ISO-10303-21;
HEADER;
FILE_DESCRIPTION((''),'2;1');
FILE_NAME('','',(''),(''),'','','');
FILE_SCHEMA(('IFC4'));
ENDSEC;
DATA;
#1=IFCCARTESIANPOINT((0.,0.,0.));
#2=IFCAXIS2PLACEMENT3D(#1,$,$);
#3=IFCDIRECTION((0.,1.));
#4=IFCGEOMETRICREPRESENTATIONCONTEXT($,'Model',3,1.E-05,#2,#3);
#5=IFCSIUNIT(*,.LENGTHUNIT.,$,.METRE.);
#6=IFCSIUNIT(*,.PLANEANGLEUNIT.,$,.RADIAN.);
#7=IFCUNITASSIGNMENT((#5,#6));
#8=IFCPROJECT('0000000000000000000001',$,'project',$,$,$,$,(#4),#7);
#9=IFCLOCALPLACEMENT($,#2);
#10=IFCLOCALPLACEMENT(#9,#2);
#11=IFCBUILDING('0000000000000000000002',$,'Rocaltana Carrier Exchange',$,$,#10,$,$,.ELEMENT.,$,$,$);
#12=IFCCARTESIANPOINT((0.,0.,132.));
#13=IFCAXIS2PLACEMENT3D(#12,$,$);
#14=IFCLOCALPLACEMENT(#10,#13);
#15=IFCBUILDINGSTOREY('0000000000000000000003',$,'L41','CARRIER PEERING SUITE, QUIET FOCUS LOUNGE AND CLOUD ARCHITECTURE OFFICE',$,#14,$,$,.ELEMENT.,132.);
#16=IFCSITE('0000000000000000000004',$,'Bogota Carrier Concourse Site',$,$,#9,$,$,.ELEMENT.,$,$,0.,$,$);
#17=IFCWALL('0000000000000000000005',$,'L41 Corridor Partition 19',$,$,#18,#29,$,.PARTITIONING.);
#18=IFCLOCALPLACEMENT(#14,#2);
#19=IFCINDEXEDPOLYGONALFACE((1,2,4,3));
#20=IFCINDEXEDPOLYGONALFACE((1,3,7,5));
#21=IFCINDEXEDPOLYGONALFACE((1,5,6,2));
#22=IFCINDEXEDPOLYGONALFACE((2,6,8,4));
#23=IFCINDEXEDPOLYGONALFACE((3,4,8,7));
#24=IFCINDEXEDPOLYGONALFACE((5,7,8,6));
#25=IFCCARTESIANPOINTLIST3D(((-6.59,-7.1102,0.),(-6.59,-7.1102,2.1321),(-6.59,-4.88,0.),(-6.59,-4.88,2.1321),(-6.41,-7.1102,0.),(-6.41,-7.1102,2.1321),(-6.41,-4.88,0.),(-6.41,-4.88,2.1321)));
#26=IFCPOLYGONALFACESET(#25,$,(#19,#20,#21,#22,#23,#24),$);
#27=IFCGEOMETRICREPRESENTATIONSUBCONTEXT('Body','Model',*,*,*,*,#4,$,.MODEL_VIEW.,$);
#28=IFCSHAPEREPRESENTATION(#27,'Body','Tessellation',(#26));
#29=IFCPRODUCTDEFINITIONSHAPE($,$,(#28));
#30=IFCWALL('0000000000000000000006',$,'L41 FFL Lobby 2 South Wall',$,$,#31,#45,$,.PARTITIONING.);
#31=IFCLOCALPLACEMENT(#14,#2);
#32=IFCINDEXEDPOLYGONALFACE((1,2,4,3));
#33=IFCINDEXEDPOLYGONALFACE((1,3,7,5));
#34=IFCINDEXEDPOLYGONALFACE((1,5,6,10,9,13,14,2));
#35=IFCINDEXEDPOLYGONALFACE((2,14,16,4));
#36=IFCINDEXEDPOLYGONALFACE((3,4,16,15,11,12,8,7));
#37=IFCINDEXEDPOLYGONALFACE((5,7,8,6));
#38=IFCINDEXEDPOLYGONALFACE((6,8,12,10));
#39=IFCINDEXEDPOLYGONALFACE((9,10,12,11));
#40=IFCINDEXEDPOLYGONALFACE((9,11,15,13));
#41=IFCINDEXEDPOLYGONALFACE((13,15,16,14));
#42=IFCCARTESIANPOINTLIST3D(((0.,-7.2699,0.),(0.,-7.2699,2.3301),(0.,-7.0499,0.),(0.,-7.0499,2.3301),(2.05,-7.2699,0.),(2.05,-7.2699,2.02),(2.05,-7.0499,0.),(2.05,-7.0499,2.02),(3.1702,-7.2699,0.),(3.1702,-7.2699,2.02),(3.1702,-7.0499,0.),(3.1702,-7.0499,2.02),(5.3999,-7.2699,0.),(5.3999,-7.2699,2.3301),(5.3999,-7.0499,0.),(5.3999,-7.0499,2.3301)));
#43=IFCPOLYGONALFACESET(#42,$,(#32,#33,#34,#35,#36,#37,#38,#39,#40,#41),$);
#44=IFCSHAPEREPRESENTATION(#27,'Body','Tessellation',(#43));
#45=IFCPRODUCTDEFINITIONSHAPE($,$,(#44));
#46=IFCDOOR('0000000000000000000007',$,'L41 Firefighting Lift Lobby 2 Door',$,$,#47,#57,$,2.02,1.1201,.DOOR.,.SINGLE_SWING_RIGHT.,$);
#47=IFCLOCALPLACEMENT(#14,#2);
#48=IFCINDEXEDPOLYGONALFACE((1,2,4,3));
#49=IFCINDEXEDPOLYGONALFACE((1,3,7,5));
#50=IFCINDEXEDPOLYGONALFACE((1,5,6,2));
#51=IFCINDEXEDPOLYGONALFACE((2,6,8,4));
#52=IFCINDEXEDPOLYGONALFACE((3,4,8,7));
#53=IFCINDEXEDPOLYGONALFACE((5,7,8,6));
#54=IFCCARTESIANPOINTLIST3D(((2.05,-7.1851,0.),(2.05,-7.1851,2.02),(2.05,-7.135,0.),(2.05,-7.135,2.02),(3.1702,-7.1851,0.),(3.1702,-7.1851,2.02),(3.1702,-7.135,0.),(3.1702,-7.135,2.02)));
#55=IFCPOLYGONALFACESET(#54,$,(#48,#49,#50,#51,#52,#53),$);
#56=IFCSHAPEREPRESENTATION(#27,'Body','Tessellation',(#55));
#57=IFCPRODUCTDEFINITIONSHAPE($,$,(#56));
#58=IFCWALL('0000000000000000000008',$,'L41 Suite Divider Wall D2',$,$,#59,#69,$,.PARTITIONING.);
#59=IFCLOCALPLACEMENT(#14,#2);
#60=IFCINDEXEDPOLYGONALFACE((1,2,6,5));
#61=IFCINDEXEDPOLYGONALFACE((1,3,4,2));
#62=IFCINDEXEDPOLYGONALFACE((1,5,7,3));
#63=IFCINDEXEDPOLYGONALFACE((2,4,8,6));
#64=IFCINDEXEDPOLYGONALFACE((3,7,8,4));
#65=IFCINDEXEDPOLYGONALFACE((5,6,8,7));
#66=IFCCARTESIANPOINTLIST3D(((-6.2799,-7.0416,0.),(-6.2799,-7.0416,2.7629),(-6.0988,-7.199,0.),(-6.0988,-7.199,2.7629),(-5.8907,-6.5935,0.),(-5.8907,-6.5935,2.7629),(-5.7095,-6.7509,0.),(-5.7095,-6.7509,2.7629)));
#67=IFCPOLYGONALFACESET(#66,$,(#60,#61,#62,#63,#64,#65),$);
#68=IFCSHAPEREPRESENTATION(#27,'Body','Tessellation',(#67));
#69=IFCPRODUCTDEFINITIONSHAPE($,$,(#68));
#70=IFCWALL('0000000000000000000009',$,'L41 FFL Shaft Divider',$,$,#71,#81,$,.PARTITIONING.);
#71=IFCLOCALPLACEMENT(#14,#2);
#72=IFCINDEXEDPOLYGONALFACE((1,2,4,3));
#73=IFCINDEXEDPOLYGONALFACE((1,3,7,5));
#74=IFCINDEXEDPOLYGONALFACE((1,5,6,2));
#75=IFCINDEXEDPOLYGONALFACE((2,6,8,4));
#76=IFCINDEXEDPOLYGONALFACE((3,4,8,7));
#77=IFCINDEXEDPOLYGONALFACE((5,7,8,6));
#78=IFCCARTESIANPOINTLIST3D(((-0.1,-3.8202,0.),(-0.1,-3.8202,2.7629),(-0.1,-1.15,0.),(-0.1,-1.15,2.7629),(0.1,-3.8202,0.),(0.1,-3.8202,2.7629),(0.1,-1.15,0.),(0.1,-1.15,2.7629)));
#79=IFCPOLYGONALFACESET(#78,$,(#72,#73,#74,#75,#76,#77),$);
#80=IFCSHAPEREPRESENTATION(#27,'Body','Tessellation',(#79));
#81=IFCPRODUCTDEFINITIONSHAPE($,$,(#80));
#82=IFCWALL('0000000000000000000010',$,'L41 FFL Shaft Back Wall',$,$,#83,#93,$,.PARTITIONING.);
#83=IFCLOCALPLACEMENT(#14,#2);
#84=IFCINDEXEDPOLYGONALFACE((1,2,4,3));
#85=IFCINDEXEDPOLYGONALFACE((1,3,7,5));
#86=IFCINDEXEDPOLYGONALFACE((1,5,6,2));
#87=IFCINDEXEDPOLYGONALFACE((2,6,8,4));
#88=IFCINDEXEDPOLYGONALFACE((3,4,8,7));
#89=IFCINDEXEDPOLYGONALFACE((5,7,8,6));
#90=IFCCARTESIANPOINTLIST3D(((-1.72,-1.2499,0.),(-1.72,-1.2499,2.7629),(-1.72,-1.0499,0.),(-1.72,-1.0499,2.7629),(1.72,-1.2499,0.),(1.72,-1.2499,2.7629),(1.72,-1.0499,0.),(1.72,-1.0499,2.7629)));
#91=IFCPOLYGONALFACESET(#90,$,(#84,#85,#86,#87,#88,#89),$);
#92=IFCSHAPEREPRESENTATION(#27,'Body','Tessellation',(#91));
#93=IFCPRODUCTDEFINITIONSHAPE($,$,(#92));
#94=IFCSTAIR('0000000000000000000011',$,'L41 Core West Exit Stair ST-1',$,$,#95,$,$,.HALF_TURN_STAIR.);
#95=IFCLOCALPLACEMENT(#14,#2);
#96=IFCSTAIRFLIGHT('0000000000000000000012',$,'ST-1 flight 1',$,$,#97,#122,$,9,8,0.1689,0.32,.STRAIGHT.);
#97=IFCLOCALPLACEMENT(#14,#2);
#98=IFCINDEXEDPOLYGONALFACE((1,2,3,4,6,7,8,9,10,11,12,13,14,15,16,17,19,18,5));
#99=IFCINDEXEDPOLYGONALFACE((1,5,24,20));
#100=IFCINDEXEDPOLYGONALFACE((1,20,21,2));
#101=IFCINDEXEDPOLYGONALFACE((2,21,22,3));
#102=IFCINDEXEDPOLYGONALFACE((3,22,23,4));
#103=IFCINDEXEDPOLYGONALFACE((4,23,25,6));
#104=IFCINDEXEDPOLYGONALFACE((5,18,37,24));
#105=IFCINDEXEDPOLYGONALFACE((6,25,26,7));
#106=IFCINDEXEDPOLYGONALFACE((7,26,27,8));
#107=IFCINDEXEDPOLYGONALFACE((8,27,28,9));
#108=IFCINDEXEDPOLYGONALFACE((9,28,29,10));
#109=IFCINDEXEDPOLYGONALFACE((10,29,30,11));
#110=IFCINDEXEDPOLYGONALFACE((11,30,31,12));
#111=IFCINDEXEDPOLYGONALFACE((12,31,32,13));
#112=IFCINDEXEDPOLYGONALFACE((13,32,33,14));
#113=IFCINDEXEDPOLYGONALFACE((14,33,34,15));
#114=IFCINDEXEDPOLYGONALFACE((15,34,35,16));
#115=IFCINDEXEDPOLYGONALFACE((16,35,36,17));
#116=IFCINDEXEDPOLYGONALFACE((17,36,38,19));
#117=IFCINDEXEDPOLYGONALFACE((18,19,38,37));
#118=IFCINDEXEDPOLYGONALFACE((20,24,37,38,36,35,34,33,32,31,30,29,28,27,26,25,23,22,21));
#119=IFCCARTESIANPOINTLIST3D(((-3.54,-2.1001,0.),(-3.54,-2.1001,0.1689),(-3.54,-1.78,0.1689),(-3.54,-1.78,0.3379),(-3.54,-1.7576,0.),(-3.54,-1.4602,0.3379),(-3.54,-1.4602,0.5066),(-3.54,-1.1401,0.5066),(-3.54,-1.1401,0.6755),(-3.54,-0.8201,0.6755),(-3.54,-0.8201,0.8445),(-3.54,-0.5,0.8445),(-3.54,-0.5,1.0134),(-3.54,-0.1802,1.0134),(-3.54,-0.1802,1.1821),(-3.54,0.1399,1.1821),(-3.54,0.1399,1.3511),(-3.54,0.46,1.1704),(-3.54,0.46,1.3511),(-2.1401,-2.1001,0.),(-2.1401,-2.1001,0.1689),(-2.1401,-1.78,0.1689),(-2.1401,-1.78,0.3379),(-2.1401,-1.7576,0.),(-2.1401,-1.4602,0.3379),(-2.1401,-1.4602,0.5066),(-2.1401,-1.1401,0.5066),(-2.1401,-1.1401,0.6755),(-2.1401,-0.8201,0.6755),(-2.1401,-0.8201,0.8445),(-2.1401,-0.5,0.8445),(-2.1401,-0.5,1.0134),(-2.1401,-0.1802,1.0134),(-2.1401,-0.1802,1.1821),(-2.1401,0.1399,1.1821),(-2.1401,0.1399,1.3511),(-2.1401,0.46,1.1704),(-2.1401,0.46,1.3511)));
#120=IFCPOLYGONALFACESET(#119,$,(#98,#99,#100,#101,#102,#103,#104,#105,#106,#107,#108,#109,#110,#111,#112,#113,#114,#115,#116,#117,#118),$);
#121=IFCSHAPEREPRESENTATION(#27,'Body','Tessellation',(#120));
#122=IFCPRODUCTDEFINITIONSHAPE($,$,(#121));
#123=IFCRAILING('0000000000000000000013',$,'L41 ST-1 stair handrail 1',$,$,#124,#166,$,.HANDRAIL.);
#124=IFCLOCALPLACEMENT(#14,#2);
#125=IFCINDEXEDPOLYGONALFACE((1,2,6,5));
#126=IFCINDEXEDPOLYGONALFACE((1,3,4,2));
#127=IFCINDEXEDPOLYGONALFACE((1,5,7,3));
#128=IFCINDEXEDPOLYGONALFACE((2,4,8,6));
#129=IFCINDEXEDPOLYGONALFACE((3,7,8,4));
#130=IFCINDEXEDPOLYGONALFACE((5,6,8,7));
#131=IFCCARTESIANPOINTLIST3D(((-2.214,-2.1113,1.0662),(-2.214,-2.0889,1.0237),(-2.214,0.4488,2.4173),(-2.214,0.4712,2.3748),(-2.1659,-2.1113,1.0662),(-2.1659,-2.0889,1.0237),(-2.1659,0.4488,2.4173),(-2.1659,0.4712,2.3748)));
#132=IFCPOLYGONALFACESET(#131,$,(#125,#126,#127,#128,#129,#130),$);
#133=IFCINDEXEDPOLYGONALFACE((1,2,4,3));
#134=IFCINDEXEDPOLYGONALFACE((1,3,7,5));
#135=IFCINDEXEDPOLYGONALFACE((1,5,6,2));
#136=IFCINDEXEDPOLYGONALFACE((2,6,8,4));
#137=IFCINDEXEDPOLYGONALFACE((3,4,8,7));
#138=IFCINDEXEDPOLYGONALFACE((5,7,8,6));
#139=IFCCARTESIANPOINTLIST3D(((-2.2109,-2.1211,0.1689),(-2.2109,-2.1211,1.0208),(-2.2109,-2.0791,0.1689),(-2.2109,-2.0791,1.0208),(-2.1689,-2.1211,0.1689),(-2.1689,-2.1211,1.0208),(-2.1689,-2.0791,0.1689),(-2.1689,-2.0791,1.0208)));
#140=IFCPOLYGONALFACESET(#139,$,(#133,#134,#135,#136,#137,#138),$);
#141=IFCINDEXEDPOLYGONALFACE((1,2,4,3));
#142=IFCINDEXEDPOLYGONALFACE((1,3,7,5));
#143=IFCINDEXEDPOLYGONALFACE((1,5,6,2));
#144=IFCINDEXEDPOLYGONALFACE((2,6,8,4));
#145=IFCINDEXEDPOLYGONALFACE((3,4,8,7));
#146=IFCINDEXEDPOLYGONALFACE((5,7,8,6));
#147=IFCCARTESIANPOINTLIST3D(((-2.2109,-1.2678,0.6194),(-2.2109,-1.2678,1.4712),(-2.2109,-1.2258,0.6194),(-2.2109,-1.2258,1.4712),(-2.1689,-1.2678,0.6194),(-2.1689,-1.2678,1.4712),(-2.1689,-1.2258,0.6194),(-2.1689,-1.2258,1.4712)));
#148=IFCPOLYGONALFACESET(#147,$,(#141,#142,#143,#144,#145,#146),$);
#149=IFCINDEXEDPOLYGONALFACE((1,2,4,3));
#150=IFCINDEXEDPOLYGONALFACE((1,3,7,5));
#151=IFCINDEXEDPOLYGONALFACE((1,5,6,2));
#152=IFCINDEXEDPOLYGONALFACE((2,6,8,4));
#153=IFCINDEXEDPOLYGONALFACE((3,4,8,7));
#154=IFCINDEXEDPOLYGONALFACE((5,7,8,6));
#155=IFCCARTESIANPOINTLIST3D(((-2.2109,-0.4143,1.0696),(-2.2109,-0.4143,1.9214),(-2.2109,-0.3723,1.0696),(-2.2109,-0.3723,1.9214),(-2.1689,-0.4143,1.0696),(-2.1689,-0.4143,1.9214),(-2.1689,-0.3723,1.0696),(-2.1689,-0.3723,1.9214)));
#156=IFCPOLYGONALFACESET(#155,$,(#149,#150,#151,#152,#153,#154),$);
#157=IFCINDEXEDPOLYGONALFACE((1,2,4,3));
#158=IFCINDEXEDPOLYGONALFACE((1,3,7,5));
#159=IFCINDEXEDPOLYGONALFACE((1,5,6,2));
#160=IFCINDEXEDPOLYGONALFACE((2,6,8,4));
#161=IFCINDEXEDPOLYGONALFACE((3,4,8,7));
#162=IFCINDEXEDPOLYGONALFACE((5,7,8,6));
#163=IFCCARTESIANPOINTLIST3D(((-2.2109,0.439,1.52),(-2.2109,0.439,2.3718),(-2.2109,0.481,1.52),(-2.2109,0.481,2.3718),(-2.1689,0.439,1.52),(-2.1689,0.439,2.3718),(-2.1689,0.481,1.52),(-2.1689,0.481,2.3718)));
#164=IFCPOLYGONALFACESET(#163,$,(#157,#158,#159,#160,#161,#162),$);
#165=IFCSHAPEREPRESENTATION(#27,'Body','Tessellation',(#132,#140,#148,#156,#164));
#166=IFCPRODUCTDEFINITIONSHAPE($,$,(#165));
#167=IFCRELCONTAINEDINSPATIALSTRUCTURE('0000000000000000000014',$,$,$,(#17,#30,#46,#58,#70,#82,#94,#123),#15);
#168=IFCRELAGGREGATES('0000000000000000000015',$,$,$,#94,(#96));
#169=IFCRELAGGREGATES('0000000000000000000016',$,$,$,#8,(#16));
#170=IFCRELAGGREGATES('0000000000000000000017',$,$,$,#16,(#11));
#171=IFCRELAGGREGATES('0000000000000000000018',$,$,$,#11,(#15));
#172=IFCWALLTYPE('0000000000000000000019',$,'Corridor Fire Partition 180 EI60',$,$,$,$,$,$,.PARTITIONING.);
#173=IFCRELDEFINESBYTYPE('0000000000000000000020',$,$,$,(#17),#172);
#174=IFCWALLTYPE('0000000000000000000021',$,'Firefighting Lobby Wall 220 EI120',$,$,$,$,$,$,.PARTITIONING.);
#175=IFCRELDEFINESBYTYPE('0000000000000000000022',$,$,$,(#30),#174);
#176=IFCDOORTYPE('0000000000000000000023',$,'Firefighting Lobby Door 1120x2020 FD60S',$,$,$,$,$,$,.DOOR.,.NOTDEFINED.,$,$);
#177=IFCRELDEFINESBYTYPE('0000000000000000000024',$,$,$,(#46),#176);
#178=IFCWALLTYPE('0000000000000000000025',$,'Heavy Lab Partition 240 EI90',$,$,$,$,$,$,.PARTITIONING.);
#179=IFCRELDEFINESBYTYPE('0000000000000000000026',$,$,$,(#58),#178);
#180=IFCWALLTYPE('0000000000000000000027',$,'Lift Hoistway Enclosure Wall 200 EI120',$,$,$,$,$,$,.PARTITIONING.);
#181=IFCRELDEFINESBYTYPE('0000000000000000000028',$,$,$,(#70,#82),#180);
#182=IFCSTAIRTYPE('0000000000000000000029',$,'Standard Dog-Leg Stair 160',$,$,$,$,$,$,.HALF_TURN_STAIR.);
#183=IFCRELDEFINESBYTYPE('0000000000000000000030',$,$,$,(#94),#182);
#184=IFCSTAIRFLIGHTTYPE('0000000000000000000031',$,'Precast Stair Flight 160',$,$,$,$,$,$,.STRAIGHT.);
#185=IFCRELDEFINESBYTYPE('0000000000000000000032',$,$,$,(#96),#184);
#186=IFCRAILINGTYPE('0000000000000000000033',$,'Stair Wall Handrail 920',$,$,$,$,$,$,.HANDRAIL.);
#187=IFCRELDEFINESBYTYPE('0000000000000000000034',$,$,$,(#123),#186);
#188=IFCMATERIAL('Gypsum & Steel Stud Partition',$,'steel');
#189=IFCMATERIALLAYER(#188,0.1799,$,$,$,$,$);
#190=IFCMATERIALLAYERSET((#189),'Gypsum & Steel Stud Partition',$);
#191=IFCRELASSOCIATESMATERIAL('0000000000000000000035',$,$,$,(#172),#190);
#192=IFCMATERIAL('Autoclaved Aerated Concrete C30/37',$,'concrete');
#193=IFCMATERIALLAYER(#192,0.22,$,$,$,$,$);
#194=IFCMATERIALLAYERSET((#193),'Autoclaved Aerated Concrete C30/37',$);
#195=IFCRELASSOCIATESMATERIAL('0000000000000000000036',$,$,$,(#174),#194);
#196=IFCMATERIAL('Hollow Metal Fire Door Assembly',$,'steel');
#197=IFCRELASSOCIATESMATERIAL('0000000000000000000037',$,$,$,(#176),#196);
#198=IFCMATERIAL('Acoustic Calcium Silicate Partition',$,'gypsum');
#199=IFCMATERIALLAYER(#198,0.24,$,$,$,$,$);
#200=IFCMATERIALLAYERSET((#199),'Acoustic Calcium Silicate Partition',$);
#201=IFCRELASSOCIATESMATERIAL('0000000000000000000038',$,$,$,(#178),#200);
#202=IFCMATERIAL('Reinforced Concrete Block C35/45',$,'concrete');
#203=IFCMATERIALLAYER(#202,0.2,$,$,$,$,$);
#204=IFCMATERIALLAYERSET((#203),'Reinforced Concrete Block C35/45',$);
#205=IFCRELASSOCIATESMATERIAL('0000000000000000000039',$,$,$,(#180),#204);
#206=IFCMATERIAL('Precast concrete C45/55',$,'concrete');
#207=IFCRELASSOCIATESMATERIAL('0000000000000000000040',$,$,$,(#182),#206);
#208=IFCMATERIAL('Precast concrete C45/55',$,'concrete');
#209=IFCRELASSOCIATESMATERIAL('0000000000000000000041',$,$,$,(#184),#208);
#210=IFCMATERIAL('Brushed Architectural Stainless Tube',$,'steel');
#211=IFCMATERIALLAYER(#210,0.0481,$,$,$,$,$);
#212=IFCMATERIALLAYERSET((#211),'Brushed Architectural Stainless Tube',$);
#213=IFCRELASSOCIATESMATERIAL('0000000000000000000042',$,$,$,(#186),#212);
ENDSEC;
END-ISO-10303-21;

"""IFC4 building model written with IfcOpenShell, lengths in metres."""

from ifc_helpers import new_model, si_unit, direction, frame, frame_2d, origin, origin_2d, place, context, subcontext, project, spatial, polyline, rectangle, outline, extrude, material, layer, layer_set, type_object, element, fill, aggregate, save


model = new_model("IFC4")

# Units and contexts
model_context = context("Model", 3, precision=1e-05, world=origin(), true_north=direction((0.0, 1.0)))
body_context = subcontext(model_context, "Body", "Model", "MODEL_VIEW")
ifc_project = project(units=[si_unit("LENGTHUNIT", "METRE"), si_unit("PLANEANGLEUNIT", "RADIAN")], contexts=[model_context])

# Site, building, storey
site_placement = place(None, origin())
site = spatial("IfcSite", under=ifc_project, at=site_placement, Name="Bogota Carrier Concourse Site", CompositionType="ELEMENT", RefElevation=0.0)
building_placement = place(site_placement, origin())
building = spatial("IfcBuilding", under=site, at=building_placement, Name="Rocaltana Carrier Exchange", CompositionType="ELEMENT")
storey_placement = place(building_placement, frame((0.0, 0.0, 132.0)))
storey = spatial("IfcBuildingStorey", under=building, at=storey_placement, Name="L41", Description="CARRIER PEERING SUITE, QUIET FOCUS LOUNGE AND CLOUD ARCHITECTURE OFFICE", CompositionType="ELEMENT", Elevation=132.0)

# Wall
ifc_material_1 = material(Name="Gypsum & Steel Stud Partition", Category="steel")
ifc_layer_1 = layer(ifc_material_1, 0.1799)
ifc_layer_set_1 = layer_set([ifc_layer_1], Name="Gypsum & Steel Stud Partition")
wall_type_1 = type_object("IfcWallType", Name="Corridor Fire Partition 180 EI60", PredefinedType="PARTITIONING", material=ifc_layer_set_1)
wall_1_placement = place(storey_placement, frame((-6.5, -4.8799, 0.0), z_axis=(0.0, 0.0, 1.0), x_axis=(0.0, -1.0, 0.0)))
element("IfcWall", 1, at=wall_1_placement, inside=storey, type_object=wall_type_1, Name="L41 Corridor Partition 19", PredefinedType="PARTITIONING", context=body_context, shape_type="SweptSolid", body=[
    extrude(rectangle(XDim=2.2302, YDim=0.1799, at=frame_2d((1.1152, 0.0))), origin(), (0.0, 0.0, 1.0), 2.1321),
])

# Wall, opening, door
ifc_material_2 = material(Name="Autoclaved Aerated Concrete C30/37", Category="concrete")
ifc_layer_2 = layer(ifc_material_2, 0.22)
ifc_layer_set_2 = layer_set([ifc_layer_2], Name="Autoclaved Aerated Concrete C30/37")
wall_type_2 = type_object("IfcWallType", Name="Firefighting Lobby Wall 220 EI120", PredefinedType="PARTITIONING", material=ifc_layer_set_2)
wall_2_placement = place(storey_placement, frame((0.0, -7.1599, 0.0), z_axis=(0.0, 0.0, 1.0), x_axis=(1.0, 0.0, 0.0)))
wall_2 = element("IfcWall", 2, at=wall_2_placement, inside=storey, type_object=wall_type_2, Name="L41 FFL Lobby 2 South Wall", PredefinedType="PARTITIONING", context=body_context, shape_type="SweptSolid", body=[
    extrude(rectangle(XDim=5.3999, YDim=0.22, at=frame_2d((2.7, 0.0))), origin(), (0.0, 0.0, 1.0), 2.3301),
])
opening_1_placement = place(wall_2_placement, frame((2.05, 0.0, 0.0)))
opening_1 = element("IfcOpeningElement", 3, at=opening_1_placement, cuts=wall_2, PredefinedType="OPENING", context=body_context, shape_type="SweptSolid", body=[
    extrude(rectangle(XDim=1.1201, YDim=2.02, at=frame_2d((0.5601, 1.01))), frame((0.0, 0.1199, 0.0), z_axis=(0.0, -1.0, 0.0), x_axis=(1.0, 0.0, 0.0)), (0.0, 0.0, 1.0), 0.24),
])
ifc_material_3 = material(Name="Hollow Metal Fire Door Assembly", Category="steel")
door_type_1 = type_object("IfcDoorType", Name="Firefighting Lobby Door 1120x2020 FD60S", OperationType="NOTDEFINED", PredefinedType="DOOR", material=ifc_material_3)
door_1_placement = place(opening_1_placement, origin())
door_1 = element("IfcDoor", 4, at=door_1_placement, inside=storey, type_object=door_type_1, Name="L41 Firefighting Lift Lobby 2 Door", OperationType="SINGLE_SWING_RIGHT", OverallHeight=2.02, OverallWidth=1.1201, PredefinedType="DOOR", context=body_context, shape_type="SweptSolid", body=[
    extrude(rectangle(XDim=1.1201, YDim=2.02, at=frame_2d((0.5601, 1.01))), frame((0.0, 0.0249, 0.0), z_axis=(0.0, -1.0, 0.0), x_axis=(1.0, 0.0, 0.0)), (0.0, 0.0, 1.0), 0.05),
])
fill(opening_1, door_1)

# Walls
ifc_material_4 = material(Name="Acoustic Calcium Silicate Partition", Category="gypsum")
ifc_layer_3 = layer(ifc_material_4, 0.24)
ifc_layer_set_3 = layer_set([ifc_layer_3], Name="Acoustic Calcium Silicate Partition")
wall_type_3 = type_object("IfcWallType", Name="Heavy Lab Partition 240 EI90", PredefinedType="PARTITIONING", material=ifc_layer_set_3)
wall_3_placement = place(storey_placement, frame((-5.8, -6.6721, 0.0), z_axis=(0.0, 0.0, 1.0), x_axis=(-0.655792, -0.754942, 0.0)))
element("IfcWall", 5, at=wall_3_placement, inside=storey, type_object=wall_type_3, Name="L41 Suite Divider Wall D2", PredefinedType="PARTITIONING", context=body_context, shape_type="SweptSolid", body=[
    extrude(rectangle(XDim=0.5935, YDim=0.24, at=frame_2d((0.2969, 0.0))), origin(), (0.0, 0.0, 1.0), 2.7629),
])
ifc_material_5 = material(Name="Reinforced Concrete Block C35/45", Category="concrete")
ifc_layer_4 = layer(ifc_material_5, 0.2)
ifc_layer_set_4 = layer_set([ifc_layer_4], Name="Reinforced Concrete Block C35/45")
wall_type_4 = type_object("IfcWallType", Name="Lift Hoistway Enclosure Wall 200 EI120", PredefinedType="PARTITIONING", material=ifc_layer_set_4)
wall_4_placement = place(storey_placement, frame((0.0, -3.8201, 0.0), z_axis=(0.0, 0.0, 1.0), x_axis=(0.0, 1.0, 0.0)))
element("IfcWall", 6, at=wall_4_placement, inside=storey, type_object=wall_type_4, Name="L41 FFL Shaft Divider", PredefinedType="PARTITIONING", context=body_context, shape_type="SweptSolid", body=[
    extrude(rectangle(XDim=2.6702, YDim=0.2, at=frame_2d((1.335, 0.0))), origin(), (0.0, 0.0, 1.0), 2.7629),
])
wall_5_placement = place(storey_placement, frame((-1.72, -1.1499, 0.0), z_axis=(0.0, 0.0, 1.0), x_axis=(1.0, 0.0, 0.0)))
element("IfcWall", 7, at=wall_5_placement, inside=storey, type_object=wall_type_4, Name="L41 FFL Shaft Back Wall", PredefinedType="PARTITIONING", context=body_context, shape_type="SweptSolid", body=[
    extrude(rectangle(XDim=3.4399, YDim=0.2, at=frame_2d((1.72, 0.0))), origin(), (0.0, 0.0, 1.0), 2.7629),
])

# Stair, stair flight
ifc_material_6 = material(Name="Precast concrete C45/55", Category="concrete")
stair_type = type_object("IfcStairType", Name="Standard Dog-Leg Stair 160", PredefinedType="HALF_TURN_STAIR", material=ifc_material_6)
stair_placement = place(storey_placement, origin())
stair = element("IfcStair", 8, at=stair_placement, inside=storey, type_object=stair_type, Name="L41 Core West Exit Stair ST-1", PredefinedType="HALF_TURN_STAIR")
ifc_material_7 = material(Name="Precast concrete C45/55", Category="concrete")
stair_flight_type = type_object("IfcStairFlightType", Name="Precast Stair Flight 160", PredefinedType="STRAIGHT", material=ifc_material_7)
stair_flight_placement = place(storey_placement, frame((-2.8401, -2.1001, 0.0), z_axis=(0.0, 0.0, 1.0), x_axis=(0.0, 1.0, 0.0)))
stair_flight = element("IfcStairFlight", 9, at=stair_flight_placement, type_object=stair_flight_type, Name="ST-1 flight 1", NumberOfRisers=9, NumberOfTreads=8, PredefinedType="STRAIGHT", RiserHeight=0.1689, TreadLength=0.32, context=body_context, shape_type="SweptSolid", body=[
    extrude(outline(polyline([(0.0, 0.0), (0.0, 0.1689), (0.3201, 0.1689), (0.3201, 0.3379), (0.6399, 0.3379), (0.6399, 0.5066), (0.96, 0.5066), (0.96, 0.6755), (1.28, 0.6755), (1.28, 0.8445), (1.6001, 0.8445), (1.6001, 1.0134), (1.9199, 1.0134), (1.9199, 1.1821), (2.24, 1.1821), (2.24, 1.3511), (2.5601, 1.3511), (2.5601, 1.52), (2.5601, 1.1704), (0.3425, 0.0), (0.0, 0.0)])), frame((0.0, 0.7, 0.0), z_axis=(0.0, -1.0, 0.0), x_axis=(1.0, 0.0, 0.0)), (0.0, 0.0, 1.0), 1.3999),
])
aggregate(stair, [stair_flight])

# Railing
ifc_material_8 = material(Name="Brushed Architectural Stainless Tube", Category="steel")
ifc_layer_5 = layer(ifc_material_8, 0.0481)
ifc_layer_set_5 = layer_set([ifc_layer_5], Name="Brushed Architectural Stainless Tube")
railing_type_1 = type_object("IfcRailingType", Name="Stair Wall Handrail 920", PredefinedType="HANDRAIL", material=ifc_layer_set_5)
railing_1_placement = place(storey_placement, frame((-2.1899, -2.1001, 0.1689)))
element("IfcRailing", 10, at=railing_1_placement, inside=storey, type_object=railing_type_1, Name="L41 ST-1 stair handrail 1", PredefinedType="HANDRAIL", context=body_context, shape_type="SweptSolid", body=[
    extrude(rectangle(XDim=0.0481, YDim=0.0481, at=origin_2d()), frame((0.0, 0.0, 0.876), z_axis=(0.0, 0.884394, 0.46674), x_axis=(-1.0, 0.0, 0.0)), (0.0, 0.0, 1.0), 2.8948),
    extrude(rectangle(XDim=0.042, YDim=0.042, at=origin_2d()), origin(), (0.0, 0.0, 1.0), 0.8518),
    extrude(rectangle(XDim=0.042, YDim=0.042, at=origin_2d()), frame((0.0, 0.8533, 0.4504)), (0.0, 0.0, 1.0), 0.8518),
    extrude(rectangle(XDim=0.042, YDim=0.042, at=origin_2d()), frame((0.0, 1.7068, 0.9006)), (0.0, 0.0, 1.0), 0.8518),
    extrude(rectangle(XDim=0.042, YDim=0.042, at=origin_2d()), frame((0.0, 2.5601, 1.3511)), (0.0, 0.0, 1.0), 0.8518),
])

save(model, "model.ifc")
